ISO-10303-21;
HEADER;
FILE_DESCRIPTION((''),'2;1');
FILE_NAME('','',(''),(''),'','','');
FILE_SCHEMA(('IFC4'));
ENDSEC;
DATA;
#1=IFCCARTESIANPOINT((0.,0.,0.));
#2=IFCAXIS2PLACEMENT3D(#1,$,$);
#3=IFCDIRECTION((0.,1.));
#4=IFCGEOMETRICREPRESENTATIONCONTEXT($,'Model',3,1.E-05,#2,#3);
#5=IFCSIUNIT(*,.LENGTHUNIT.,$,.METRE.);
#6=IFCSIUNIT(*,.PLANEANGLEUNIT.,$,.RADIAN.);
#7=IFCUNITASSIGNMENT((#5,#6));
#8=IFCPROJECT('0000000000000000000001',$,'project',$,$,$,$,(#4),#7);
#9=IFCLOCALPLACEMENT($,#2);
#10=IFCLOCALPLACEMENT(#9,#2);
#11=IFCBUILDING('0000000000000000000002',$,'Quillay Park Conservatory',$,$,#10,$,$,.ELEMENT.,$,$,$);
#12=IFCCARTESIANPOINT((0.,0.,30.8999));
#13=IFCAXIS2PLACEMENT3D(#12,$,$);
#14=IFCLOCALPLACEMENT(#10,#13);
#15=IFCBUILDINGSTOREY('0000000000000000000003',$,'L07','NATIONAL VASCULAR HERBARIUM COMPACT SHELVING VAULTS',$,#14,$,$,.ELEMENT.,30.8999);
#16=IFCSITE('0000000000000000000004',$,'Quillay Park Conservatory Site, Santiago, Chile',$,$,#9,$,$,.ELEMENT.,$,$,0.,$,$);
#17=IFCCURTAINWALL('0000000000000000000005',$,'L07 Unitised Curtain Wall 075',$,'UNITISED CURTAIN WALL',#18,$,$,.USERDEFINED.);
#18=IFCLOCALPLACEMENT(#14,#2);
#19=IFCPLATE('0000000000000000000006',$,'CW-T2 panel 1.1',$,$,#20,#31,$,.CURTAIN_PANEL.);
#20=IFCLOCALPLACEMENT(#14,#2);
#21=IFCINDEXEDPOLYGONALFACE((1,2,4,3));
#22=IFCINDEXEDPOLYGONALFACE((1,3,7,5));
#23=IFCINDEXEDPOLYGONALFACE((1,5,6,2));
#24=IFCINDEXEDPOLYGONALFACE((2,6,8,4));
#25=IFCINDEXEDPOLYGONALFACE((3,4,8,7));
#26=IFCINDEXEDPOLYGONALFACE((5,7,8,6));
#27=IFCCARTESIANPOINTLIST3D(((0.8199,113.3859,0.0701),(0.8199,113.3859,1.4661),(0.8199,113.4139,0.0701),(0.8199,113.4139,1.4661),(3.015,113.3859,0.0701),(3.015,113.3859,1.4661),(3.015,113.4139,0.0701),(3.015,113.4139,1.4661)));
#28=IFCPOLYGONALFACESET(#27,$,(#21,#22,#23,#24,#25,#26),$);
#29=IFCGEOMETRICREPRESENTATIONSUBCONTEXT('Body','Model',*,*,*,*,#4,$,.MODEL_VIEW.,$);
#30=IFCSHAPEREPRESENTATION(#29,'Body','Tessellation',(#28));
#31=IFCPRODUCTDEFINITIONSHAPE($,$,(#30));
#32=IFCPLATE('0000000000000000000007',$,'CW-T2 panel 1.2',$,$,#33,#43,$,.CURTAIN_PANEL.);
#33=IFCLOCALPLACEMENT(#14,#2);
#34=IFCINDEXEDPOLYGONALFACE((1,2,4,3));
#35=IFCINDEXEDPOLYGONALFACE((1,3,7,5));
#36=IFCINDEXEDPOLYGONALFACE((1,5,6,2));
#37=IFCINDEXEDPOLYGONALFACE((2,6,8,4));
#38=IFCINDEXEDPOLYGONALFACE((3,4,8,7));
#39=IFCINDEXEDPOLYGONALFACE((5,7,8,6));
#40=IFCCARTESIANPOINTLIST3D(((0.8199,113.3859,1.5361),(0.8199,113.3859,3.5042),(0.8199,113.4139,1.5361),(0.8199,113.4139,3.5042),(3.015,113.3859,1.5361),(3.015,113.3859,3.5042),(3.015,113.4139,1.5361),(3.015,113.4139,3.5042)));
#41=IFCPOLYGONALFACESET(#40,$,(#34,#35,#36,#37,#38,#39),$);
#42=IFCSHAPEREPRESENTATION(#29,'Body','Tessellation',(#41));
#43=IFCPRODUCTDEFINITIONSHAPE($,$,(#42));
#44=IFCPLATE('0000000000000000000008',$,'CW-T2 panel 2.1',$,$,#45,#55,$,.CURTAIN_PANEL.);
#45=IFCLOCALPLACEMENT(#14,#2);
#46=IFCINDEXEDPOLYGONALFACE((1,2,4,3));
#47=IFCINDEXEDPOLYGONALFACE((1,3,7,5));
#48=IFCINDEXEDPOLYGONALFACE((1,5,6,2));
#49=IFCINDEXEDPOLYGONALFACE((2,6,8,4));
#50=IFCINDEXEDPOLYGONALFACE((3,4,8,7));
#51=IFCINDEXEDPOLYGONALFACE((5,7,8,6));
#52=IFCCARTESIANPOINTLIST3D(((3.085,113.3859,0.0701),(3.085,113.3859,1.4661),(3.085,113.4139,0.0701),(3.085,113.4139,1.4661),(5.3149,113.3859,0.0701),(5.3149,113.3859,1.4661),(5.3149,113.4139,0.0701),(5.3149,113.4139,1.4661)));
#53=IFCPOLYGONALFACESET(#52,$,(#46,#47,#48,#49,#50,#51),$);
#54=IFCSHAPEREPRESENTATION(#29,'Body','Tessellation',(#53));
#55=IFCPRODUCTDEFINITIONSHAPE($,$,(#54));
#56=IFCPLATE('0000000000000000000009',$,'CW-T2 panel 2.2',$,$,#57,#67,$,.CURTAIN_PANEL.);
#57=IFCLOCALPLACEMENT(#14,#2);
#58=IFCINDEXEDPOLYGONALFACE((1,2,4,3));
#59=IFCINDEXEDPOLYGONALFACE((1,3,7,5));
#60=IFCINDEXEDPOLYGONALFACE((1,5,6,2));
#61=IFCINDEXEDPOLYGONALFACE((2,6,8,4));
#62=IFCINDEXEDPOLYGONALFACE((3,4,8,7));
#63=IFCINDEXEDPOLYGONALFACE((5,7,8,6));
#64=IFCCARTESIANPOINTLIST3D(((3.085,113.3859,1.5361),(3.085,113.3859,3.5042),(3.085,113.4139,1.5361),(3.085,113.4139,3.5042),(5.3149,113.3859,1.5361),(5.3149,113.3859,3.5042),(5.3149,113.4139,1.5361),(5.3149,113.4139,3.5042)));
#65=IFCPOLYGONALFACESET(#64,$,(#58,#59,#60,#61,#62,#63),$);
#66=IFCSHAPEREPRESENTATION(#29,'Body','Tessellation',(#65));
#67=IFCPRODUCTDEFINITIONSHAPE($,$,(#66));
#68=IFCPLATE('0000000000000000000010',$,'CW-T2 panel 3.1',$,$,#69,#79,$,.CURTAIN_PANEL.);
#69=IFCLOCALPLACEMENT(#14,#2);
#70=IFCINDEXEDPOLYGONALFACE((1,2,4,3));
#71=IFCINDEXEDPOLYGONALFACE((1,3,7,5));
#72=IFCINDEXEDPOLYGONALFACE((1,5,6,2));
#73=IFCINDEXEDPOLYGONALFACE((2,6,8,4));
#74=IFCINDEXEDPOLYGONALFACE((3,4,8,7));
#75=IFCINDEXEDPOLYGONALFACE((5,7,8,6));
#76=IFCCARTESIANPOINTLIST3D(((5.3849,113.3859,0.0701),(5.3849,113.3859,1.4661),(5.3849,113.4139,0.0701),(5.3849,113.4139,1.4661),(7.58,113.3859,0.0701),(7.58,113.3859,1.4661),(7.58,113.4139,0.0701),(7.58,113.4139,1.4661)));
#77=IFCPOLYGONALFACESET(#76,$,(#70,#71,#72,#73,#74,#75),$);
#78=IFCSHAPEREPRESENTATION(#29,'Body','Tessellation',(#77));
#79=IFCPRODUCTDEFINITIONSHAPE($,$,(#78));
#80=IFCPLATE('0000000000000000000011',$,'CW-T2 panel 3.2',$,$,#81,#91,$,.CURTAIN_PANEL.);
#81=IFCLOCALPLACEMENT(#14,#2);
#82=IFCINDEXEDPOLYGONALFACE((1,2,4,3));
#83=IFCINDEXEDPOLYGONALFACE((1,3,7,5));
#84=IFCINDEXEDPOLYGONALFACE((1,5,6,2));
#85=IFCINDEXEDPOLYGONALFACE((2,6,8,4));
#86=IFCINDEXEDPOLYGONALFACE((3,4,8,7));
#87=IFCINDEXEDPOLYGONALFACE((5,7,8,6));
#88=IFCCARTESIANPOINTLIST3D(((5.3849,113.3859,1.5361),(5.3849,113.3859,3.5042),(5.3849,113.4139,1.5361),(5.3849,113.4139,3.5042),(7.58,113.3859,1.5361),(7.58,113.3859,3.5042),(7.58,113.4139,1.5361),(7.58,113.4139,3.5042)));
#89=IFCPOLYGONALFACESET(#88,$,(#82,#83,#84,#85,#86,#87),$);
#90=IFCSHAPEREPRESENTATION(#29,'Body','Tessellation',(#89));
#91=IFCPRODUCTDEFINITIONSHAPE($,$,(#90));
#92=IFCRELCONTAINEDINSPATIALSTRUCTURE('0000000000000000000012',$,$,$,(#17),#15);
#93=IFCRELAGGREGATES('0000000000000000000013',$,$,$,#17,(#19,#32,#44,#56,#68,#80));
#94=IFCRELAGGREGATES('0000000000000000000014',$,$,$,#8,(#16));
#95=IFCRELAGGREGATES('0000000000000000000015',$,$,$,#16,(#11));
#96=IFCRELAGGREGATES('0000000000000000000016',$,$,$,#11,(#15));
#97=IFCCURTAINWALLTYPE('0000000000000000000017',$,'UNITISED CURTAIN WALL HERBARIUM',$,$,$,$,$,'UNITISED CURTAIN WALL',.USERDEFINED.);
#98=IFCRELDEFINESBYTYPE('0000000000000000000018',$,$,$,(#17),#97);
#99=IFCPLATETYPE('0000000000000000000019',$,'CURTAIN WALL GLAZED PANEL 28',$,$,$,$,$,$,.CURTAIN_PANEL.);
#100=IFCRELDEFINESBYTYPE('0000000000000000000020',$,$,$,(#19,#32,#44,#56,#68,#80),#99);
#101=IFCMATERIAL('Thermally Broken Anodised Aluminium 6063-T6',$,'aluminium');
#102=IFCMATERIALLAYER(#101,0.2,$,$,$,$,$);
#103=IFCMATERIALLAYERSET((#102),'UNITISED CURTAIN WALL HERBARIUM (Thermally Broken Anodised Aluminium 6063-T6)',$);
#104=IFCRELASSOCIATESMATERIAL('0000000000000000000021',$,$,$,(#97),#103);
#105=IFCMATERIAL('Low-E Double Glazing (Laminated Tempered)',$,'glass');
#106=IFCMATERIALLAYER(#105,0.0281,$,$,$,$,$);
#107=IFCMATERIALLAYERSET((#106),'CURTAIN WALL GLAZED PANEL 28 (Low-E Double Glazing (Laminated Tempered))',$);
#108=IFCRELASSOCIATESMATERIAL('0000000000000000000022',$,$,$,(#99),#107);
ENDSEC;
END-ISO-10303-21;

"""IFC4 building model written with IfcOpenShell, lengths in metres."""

from ifc_helpers import new_model, si_unit, direction, frame, origin, origin_2d, place, context, subcontext, project, spatial, rectangle, extrude, material, layer, layer_set, type_object, element, aggregate, save


model = new_model("IFC4")

# Units and contexts
model_context = context("Model", 3, precision=1e-05, world=origin(), true_north=direction((0.0, 1.0)))
body_context = subcontext(model_context, "Body", "Model", "MODEL_VIEW")
ifc_project = project(units=[si_unit("LENGTHUNIT", "METRE"), si_unit("PLANEANGLEUNIT", "RADIAN")], contexts=[model_context])

# Site, building, storey
site_placement = place(None, origin())
site = spatial("IfcSite", under=ifc_project, at=site_placement, Name="Quillay Park Conservatory Site, Santiago, Chile", CompositionType="ELEMENT", RefElevation=0.0)
building_placement = place(site_placement, origin())
building = spatial("IfcBuilding", under=site, at=building_placement, Name="Quillay Park Conservatory", CompositionType="ELEMENT")
storey_placement = place(building_placement, frame((0.0, 0.0, 30.8999)))
storey = spatial("IfcBuildingStorey", under=building, at=storey_placement, Name="L07", Description="NATIONAL VASCULAR HERBARIUM COMPACT SHELVING VAULTS", CompositionType="ELEMENT", Elevation=30.8999)

# Curtain wall
ifc_material_1 = material(Name="Thermally Broken Anodised Aluminium 6063-T6", Category="aluminium")
ifc_layer_1 = layer(ifc_material_1, 0.2)
ifc_layer_set_1 = layer_set([ifc_layer_1], Name="UNITISED CURTAIN WALL HERBARIUM (Thermally Broken Anodised Aluminium 6063-T6)")
curtain_wall_type = type_object("IfcCurtainWallType", Name="UNITISED CURTAIN WALL HERBARIUM", ElementType="UNITISED CURTAIN WALL", PredefinedType="USERDEFINED", material=ifc_layer_set_1)
curtain_wall_placement = place(storey_placement, origin())
curtain_wall = element("IfcCurtainWall", 1, at=curtain_wall_placement, inside=storey, type_object=curtain_wall_type, Name="L07 Unitised Curtain Wall 075", ObjectType="UNITISED CURTAIN WALL", PredefinedType="USERDEFINED")

# Plates
ifc_material_2 = material(Name="Low-E Double Glazing (Laminated Tempered)", Category="glass")
ifc_layer_2 = layer(ifc_material_2, 0.0281)
ifc_layer_set_2 = layer_set([ifc_layer_2], Name="CURTAIN WALL GLAZED PANEL 28 (Low-E Double Glazing (Laminated Tempered))")
plate_type = type_object("IfcPlateType", Name="CURTAIN WALL GLAZED PANEL 28", PredefinedType="CURTAIN_PANEL", material=ifc_layer_set_2)
plate_1_placement = place(storey_placement, frame((1.9175, 113.3999, 0.0701), z_axis=(0.0, 0.0, 1.0), x_axis=(1.0, 0.0, 0.0)))
plate_1 = element("IfcPlate", 2, at=plate_1_placement, type_object=plate_type, Name="CW-T2 panel 1.1", PredefinedType="CURTAIN_PANEL", context=body_context, shape_type="SweptSolid", body=[
    extrude(rectangle(XDim=2.1951, YDim=0.0281, at=origin_2d()), origin(), (0.0, 0.0, 1.0), 1.396),
])
plate_2_placement = place(storey_placement, frame((1.9175, 113.3999, 1.5361), z_axis=(0.0, 0.0, 1.0), x_axis=(1.0, 0.0, 0.0)))
plate_2 = element("IfcPlate", 3, at=plate_2_placement, type_object=plate_type, Name="CW-T2 panel 1.2", PredefinedType="CURTAIN_PANEL", context=body_context, shape_type="SweptSolid", body=[
    extrude(rectangle(XDim=2.1951, YDim=0.0281, at=origin_2d()), origin(), (0.0, 0.0, 1.0), 1.968),
])
plate_3_placement = place(storey_placement, frame((4.2, 113.3999, 0.0701), z_axis=(0.0, 0.0, 1.0), x_axis=(1.0, 0.0, 0.0)))
plate_3 = element("IfcPlate", 4, at=plate_3_placement, type_object=plate_type, Name="CW-T2 panel 2.1", PredefinedType="CURTAIN_PANEL", context=body_context, shape_type="SweptSolid", body=[
    extrude(rectangle(XDim=2.23, YDim=0.0281, at=origin_2d()), origin(), (0.0, 0.0, 1.0), 1.396),
])
plate_4_placement = place(storey_placement, frame((4.2, 113.3999, 1.5361), z_axis=(0.0, 0.0, 1.0), x_axis=(1.0, 0.0, 0.0)))
plate_4 = element("IfcPlate", 5, at=plate_4_placement, type_object=plate_type, Name="CW-T2 panel 2.2", PredefinedType="CURTAIN_PANEL", context=body_context, shape_type="SweptSolid", body=[
    extrude(rectangle(XDim=2.23, YDim=0.0281, at=origin_2d()), origin(), (0.0, 0.0, 1.0), 1.968),
])
plate_5_placement = place(storey_placement, frame((6.4824, 113.3999, 0.0701), z_axis=(0.0, 0.0, 1.0), x_axis=(1.0, 0.0, 0.0)))
plate_5 = element("IfcPlate", 6, at=plate_5_placement, type_object=plate_type, Name="CW-T2 panel 3.1", PredefinedType="CURTAIN_PANEL", context=body_context, shape_type="SweptSolid", body=[
    extrude(rectangle(XDim=2.1951, YDim=0.0281, at=origin_2d()), origin(), (0.0, 0.0, 1.0), 1.396),
])
plate_6_placement = place(storey_placement, frame((6.4824, 113.3999, 1.5361), z_axis=(0.0, 0.0, 1.0), x_axis=(1.0, 0.0, 0.0)))
plate_6 = element("IfcPlate", 7, at=plate_6_placement, type_object=plate_type, Name="CW-T2 panel 3.2", PredefinedType="CURTAIN_PANEL", context=body_context, shape_type="SweptSolid", body=[
    extrude(rectangle(XDim=2.1951, YDim=0.0281, at=origin_2d()), origin(), (0.0, 0.0, 1.0), 1.968),
])
aggregate(curtain_wall, [plate_1, plate_2, plate_3, plate_4, plate_5, plate_6])

save(model, "model.ifc")
